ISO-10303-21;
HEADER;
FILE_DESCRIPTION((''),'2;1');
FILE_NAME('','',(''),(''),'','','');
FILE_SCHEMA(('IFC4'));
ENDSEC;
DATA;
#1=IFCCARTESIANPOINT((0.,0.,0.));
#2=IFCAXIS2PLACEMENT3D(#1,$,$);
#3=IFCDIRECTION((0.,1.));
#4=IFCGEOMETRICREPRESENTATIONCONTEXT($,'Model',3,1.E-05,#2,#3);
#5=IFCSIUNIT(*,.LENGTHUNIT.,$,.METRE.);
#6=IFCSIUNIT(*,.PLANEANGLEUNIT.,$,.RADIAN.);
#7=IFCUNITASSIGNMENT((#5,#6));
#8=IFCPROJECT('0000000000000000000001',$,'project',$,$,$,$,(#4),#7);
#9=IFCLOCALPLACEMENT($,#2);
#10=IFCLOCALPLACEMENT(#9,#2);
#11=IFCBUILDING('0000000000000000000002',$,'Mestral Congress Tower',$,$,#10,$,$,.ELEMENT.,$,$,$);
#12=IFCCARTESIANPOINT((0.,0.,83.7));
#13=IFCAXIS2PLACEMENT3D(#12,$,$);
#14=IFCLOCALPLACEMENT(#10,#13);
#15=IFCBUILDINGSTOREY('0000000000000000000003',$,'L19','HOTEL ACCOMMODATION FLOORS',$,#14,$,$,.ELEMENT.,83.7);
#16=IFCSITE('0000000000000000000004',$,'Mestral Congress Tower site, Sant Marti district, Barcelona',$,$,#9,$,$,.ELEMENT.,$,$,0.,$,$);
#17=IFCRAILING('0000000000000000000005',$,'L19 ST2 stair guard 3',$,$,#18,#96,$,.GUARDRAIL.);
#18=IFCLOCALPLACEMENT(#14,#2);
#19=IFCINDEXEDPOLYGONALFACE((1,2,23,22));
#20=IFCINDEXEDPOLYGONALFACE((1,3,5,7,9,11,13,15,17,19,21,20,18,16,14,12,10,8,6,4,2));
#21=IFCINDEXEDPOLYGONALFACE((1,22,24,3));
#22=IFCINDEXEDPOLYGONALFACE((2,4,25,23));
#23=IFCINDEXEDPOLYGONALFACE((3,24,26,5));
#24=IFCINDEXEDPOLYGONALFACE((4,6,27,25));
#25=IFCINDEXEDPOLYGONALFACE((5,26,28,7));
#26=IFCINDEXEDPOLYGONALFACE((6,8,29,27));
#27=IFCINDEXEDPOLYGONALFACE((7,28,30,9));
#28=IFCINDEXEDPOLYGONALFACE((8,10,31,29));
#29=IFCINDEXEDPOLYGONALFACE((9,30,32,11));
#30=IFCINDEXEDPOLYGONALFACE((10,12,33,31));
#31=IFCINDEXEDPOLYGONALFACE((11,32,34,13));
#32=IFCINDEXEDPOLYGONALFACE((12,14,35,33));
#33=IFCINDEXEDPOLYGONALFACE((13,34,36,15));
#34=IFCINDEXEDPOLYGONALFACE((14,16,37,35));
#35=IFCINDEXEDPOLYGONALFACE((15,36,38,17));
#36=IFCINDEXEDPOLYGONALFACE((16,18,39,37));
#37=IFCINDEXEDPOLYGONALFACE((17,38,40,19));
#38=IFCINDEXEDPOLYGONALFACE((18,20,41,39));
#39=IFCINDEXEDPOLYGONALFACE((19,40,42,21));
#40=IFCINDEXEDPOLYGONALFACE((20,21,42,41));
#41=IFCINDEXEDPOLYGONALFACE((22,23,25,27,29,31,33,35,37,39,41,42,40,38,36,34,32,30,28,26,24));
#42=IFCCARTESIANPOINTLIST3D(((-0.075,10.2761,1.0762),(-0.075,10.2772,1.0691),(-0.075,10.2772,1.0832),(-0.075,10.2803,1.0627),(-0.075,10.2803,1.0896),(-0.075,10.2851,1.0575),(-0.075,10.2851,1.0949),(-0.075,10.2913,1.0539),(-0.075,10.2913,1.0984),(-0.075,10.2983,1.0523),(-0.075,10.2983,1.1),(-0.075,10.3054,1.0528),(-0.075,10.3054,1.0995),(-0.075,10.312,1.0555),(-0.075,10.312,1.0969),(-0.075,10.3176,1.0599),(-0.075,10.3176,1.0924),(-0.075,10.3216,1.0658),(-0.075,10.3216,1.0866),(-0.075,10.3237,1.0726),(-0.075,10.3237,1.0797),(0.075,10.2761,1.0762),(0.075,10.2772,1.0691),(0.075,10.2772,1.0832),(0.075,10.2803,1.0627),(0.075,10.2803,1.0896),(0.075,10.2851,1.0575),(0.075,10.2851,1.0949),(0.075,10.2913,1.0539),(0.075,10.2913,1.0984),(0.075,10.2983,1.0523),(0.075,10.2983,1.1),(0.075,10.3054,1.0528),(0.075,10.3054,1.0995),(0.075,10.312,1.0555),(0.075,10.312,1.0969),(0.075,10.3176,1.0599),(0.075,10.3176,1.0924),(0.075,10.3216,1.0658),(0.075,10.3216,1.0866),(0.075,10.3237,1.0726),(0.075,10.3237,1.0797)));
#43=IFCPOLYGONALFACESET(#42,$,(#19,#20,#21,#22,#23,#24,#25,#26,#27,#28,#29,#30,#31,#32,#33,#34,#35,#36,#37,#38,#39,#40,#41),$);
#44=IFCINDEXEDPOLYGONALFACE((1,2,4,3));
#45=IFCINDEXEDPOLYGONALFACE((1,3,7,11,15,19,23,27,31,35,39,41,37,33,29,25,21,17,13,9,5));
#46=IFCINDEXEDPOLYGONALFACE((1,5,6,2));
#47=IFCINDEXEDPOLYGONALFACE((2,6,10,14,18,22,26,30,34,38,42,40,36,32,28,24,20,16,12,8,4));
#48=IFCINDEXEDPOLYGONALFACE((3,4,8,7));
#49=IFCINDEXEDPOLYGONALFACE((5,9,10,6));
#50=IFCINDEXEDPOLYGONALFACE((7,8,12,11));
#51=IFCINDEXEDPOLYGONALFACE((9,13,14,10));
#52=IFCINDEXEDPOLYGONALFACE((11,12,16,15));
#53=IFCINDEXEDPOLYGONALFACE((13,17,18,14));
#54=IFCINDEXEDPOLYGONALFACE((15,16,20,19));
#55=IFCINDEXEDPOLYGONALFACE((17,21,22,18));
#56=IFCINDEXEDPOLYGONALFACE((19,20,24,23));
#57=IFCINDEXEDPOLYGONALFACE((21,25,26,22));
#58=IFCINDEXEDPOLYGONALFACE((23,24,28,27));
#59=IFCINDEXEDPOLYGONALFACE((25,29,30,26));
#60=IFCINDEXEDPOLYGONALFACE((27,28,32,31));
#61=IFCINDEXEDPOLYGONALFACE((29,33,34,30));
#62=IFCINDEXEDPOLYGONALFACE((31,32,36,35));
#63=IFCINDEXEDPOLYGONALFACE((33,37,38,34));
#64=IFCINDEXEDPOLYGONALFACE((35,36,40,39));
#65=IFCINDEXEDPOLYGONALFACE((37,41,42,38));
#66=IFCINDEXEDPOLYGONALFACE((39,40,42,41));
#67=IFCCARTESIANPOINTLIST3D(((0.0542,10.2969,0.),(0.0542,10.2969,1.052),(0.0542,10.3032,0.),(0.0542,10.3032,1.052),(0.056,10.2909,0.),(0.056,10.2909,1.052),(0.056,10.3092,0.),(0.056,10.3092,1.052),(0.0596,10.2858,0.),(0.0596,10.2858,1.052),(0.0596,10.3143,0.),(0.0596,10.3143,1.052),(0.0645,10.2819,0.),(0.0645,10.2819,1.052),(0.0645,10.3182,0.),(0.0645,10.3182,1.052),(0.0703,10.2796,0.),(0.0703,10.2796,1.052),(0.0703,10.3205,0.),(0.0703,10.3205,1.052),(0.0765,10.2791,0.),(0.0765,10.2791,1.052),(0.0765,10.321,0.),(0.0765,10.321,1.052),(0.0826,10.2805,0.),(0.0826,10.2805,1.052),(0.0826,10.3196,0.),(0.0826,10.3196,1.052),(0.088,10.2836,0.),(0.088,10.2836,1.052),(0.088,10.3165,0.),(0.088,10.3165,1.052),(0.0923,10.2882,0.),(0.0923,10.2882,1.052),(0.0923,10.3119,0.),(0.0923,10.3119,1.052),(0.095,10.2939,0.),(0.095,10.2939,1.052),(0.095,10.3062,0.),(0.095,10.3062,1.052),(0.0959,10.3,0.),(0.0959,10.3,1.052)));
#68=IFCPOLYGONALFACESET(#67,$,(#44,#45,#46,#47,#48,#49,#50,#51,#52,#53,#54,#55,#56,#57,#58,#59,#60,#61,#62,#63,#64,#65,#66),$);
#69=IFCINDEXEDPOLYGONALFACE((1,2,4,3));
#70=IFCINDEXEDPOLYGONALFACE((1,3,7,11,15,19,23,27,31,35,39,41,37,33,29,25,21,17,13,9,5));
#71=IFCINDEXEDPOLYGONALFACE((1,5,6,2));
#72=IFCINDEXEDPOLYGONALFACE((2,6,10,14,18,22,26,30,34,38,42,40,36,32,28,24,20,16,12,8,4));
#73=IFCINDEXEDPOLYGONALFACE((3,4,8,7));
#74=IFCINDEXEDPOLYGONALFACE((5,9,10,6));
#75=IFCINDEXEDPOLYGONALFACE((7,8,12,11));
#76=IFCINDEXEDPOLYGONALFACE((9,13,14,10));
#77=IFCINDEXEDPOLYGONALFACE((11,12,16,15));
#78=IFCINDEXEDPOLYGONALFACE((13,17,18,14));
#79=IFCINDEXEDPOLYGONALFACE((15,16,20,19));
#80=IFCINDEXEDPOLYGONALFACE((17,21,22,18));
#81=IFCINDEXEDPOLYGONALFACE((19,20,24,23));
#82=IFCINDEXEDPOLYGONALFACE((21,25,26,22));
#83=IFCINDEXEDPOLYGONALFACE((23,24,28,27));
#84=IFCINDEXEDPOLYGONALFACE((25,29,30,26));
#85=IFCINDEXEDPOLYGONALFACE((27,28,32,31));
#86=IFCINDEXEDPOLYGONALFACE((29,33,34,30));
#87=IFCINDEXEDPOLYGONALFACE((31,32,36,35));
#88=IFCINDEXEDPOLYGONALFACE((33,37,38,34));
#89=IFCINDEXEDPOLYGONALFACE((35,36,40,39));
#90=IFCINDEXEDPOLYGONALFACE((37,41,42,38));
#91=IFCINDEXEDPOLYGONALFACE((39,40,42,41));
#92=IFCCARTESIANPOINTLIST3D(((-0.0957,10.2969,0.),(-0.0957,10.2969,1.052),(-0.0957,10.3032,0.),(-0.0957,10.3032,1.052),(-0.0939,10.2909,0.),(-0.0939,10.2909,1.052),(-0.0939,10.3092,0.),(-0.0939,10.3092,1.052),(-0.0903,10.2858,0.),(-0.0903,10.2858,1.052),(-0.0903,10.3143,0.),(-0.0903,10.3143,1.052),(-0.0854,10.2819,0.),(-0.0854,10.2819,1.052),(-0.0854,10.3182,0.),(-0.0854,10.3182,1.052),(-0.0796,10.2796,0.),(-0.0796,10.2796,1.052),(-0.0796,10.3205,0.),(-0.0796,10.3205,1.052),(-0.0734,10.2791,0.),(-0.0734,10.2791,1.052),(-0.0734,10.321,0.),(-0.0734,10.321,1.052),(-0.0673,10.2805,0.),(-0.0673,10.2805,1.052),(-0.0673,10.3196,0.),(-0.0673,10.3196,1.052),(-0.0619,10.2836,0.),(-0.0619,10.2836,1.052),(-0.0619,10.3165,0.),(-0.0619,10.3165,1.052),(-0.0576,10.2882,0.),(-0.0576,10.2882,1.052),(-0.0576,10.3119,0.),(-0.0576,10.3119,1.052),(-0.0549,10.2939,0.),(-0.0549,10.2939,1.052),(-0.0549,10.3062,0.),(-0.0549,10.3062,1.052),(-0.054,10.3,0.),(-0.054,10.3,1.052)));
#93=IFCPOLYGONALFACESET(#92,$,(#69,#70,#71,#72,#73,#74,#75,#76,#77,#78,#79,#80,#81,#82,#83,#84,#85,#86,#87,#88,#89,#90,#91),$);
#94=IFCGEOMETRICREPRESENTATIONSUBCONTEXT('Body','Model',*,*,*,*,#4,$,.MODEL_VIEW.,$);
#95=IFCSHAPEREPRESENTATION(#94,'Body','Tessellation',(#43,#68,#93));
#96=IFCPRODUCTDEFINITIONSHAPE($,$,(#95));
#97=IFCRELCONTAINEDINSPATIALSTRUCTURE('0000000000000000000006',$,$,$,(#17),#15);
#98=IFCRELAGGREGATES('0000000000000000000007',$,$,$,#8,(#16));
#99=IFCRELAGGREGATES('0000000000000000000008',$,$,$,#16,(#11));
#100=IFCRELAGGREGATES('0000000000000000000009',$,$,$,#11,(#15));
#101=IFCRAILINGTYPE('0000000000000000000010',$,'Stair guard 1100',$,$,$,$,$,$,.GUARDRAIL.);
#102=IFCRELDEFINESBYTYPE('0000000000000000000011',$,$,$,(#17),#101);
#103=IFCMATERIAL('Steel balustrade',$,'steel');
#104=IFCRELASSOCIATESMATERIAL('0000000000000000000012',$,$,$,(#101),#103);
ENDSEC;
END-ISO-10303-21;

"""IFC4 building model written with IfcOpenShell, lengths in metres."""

from ifc_helpers import new_model, si_unit, direction, frame, origin, origin_2d, place, context, subcontext, project, spatial, circle, extrude, material, type_object, element, save


model = new_model("IFC4")

# Units and contexts
model_context = context("Model", 3, precision=1e-05, world=origin(), true_north=direction((0.0, 1.0)))
body_context = subcontext(model_context, "Body", "Model", "MODEL_VIEW")
ifc_project = project(units=[si_unit("LENGTHUNIT", "METRE"), si_unit("PLANEANGLEUNIT", "RADIAN")], contexts=[model_context])

# Site, building, storey
site_placement = place(None, origin())
site = spatial("IfcSite", under=ifc_project, at=site_placement, Name="Mestral Congress Tower site, Sant Marti district, Barcelona", CompositionType="ELEMENT", RefElevation=0.0)
building_placement = place(site_placement, origin())
building = spatial("IfcBuilding", under=site, at=building_placement, Name="Mestral Congress Tower", CompositionType="ELEMENT")
storey_placement = place(building_placement, frame((0.0, 0.0, 83.7)))
storey = spatial("IfcBuildingStorey", under=building, at=storey_placement, Name="L19", Description="HOTEL ACCOMMODATION FLOORS", CompositionType="ELEMENT", Elevation=83.7)

# Railing
ifc_material_1 = material(Name="Steel balustrade", Category="steel")
railing_type = type_object("IfcRailingType", Name="Stair guard 1100", PredefinedType="GUARDRAIL", material=ifc_material_1)
railing_1_placement = place(storey_placement, frame((0.075, 10.3, 0.0)))
element("IfcRailing", 1, at=railing_1_placement, inside=storey, type_object=railing_type, Name="L19 ST2 stair guard 3", PredefinedType="GUARDRAIL", context=body_context, shape_type="SweptSolid", body=[
    extrude(circle(Radius=0.0239, at=origin_2d()), frame((0.0, 0.0, 1.0762), z_axis=(-1.0, 0.0, 0.0), x_axis=(0.0, -1.0, 0.0)), (0.0, 0.0, 1.0), 0.1499),
    extrude(circle(Radius=0.021, at=origin_2d()), origin(), (0.0, 0.0, 1.0), 1.052),
    extrude(circle(Radius=0.021, at=origin_2d()), frame((-0.1499, 0.0, 0.0)), (0.0, 0.0, 1.0), 1.052),
])

save(model, "model.ifc")
